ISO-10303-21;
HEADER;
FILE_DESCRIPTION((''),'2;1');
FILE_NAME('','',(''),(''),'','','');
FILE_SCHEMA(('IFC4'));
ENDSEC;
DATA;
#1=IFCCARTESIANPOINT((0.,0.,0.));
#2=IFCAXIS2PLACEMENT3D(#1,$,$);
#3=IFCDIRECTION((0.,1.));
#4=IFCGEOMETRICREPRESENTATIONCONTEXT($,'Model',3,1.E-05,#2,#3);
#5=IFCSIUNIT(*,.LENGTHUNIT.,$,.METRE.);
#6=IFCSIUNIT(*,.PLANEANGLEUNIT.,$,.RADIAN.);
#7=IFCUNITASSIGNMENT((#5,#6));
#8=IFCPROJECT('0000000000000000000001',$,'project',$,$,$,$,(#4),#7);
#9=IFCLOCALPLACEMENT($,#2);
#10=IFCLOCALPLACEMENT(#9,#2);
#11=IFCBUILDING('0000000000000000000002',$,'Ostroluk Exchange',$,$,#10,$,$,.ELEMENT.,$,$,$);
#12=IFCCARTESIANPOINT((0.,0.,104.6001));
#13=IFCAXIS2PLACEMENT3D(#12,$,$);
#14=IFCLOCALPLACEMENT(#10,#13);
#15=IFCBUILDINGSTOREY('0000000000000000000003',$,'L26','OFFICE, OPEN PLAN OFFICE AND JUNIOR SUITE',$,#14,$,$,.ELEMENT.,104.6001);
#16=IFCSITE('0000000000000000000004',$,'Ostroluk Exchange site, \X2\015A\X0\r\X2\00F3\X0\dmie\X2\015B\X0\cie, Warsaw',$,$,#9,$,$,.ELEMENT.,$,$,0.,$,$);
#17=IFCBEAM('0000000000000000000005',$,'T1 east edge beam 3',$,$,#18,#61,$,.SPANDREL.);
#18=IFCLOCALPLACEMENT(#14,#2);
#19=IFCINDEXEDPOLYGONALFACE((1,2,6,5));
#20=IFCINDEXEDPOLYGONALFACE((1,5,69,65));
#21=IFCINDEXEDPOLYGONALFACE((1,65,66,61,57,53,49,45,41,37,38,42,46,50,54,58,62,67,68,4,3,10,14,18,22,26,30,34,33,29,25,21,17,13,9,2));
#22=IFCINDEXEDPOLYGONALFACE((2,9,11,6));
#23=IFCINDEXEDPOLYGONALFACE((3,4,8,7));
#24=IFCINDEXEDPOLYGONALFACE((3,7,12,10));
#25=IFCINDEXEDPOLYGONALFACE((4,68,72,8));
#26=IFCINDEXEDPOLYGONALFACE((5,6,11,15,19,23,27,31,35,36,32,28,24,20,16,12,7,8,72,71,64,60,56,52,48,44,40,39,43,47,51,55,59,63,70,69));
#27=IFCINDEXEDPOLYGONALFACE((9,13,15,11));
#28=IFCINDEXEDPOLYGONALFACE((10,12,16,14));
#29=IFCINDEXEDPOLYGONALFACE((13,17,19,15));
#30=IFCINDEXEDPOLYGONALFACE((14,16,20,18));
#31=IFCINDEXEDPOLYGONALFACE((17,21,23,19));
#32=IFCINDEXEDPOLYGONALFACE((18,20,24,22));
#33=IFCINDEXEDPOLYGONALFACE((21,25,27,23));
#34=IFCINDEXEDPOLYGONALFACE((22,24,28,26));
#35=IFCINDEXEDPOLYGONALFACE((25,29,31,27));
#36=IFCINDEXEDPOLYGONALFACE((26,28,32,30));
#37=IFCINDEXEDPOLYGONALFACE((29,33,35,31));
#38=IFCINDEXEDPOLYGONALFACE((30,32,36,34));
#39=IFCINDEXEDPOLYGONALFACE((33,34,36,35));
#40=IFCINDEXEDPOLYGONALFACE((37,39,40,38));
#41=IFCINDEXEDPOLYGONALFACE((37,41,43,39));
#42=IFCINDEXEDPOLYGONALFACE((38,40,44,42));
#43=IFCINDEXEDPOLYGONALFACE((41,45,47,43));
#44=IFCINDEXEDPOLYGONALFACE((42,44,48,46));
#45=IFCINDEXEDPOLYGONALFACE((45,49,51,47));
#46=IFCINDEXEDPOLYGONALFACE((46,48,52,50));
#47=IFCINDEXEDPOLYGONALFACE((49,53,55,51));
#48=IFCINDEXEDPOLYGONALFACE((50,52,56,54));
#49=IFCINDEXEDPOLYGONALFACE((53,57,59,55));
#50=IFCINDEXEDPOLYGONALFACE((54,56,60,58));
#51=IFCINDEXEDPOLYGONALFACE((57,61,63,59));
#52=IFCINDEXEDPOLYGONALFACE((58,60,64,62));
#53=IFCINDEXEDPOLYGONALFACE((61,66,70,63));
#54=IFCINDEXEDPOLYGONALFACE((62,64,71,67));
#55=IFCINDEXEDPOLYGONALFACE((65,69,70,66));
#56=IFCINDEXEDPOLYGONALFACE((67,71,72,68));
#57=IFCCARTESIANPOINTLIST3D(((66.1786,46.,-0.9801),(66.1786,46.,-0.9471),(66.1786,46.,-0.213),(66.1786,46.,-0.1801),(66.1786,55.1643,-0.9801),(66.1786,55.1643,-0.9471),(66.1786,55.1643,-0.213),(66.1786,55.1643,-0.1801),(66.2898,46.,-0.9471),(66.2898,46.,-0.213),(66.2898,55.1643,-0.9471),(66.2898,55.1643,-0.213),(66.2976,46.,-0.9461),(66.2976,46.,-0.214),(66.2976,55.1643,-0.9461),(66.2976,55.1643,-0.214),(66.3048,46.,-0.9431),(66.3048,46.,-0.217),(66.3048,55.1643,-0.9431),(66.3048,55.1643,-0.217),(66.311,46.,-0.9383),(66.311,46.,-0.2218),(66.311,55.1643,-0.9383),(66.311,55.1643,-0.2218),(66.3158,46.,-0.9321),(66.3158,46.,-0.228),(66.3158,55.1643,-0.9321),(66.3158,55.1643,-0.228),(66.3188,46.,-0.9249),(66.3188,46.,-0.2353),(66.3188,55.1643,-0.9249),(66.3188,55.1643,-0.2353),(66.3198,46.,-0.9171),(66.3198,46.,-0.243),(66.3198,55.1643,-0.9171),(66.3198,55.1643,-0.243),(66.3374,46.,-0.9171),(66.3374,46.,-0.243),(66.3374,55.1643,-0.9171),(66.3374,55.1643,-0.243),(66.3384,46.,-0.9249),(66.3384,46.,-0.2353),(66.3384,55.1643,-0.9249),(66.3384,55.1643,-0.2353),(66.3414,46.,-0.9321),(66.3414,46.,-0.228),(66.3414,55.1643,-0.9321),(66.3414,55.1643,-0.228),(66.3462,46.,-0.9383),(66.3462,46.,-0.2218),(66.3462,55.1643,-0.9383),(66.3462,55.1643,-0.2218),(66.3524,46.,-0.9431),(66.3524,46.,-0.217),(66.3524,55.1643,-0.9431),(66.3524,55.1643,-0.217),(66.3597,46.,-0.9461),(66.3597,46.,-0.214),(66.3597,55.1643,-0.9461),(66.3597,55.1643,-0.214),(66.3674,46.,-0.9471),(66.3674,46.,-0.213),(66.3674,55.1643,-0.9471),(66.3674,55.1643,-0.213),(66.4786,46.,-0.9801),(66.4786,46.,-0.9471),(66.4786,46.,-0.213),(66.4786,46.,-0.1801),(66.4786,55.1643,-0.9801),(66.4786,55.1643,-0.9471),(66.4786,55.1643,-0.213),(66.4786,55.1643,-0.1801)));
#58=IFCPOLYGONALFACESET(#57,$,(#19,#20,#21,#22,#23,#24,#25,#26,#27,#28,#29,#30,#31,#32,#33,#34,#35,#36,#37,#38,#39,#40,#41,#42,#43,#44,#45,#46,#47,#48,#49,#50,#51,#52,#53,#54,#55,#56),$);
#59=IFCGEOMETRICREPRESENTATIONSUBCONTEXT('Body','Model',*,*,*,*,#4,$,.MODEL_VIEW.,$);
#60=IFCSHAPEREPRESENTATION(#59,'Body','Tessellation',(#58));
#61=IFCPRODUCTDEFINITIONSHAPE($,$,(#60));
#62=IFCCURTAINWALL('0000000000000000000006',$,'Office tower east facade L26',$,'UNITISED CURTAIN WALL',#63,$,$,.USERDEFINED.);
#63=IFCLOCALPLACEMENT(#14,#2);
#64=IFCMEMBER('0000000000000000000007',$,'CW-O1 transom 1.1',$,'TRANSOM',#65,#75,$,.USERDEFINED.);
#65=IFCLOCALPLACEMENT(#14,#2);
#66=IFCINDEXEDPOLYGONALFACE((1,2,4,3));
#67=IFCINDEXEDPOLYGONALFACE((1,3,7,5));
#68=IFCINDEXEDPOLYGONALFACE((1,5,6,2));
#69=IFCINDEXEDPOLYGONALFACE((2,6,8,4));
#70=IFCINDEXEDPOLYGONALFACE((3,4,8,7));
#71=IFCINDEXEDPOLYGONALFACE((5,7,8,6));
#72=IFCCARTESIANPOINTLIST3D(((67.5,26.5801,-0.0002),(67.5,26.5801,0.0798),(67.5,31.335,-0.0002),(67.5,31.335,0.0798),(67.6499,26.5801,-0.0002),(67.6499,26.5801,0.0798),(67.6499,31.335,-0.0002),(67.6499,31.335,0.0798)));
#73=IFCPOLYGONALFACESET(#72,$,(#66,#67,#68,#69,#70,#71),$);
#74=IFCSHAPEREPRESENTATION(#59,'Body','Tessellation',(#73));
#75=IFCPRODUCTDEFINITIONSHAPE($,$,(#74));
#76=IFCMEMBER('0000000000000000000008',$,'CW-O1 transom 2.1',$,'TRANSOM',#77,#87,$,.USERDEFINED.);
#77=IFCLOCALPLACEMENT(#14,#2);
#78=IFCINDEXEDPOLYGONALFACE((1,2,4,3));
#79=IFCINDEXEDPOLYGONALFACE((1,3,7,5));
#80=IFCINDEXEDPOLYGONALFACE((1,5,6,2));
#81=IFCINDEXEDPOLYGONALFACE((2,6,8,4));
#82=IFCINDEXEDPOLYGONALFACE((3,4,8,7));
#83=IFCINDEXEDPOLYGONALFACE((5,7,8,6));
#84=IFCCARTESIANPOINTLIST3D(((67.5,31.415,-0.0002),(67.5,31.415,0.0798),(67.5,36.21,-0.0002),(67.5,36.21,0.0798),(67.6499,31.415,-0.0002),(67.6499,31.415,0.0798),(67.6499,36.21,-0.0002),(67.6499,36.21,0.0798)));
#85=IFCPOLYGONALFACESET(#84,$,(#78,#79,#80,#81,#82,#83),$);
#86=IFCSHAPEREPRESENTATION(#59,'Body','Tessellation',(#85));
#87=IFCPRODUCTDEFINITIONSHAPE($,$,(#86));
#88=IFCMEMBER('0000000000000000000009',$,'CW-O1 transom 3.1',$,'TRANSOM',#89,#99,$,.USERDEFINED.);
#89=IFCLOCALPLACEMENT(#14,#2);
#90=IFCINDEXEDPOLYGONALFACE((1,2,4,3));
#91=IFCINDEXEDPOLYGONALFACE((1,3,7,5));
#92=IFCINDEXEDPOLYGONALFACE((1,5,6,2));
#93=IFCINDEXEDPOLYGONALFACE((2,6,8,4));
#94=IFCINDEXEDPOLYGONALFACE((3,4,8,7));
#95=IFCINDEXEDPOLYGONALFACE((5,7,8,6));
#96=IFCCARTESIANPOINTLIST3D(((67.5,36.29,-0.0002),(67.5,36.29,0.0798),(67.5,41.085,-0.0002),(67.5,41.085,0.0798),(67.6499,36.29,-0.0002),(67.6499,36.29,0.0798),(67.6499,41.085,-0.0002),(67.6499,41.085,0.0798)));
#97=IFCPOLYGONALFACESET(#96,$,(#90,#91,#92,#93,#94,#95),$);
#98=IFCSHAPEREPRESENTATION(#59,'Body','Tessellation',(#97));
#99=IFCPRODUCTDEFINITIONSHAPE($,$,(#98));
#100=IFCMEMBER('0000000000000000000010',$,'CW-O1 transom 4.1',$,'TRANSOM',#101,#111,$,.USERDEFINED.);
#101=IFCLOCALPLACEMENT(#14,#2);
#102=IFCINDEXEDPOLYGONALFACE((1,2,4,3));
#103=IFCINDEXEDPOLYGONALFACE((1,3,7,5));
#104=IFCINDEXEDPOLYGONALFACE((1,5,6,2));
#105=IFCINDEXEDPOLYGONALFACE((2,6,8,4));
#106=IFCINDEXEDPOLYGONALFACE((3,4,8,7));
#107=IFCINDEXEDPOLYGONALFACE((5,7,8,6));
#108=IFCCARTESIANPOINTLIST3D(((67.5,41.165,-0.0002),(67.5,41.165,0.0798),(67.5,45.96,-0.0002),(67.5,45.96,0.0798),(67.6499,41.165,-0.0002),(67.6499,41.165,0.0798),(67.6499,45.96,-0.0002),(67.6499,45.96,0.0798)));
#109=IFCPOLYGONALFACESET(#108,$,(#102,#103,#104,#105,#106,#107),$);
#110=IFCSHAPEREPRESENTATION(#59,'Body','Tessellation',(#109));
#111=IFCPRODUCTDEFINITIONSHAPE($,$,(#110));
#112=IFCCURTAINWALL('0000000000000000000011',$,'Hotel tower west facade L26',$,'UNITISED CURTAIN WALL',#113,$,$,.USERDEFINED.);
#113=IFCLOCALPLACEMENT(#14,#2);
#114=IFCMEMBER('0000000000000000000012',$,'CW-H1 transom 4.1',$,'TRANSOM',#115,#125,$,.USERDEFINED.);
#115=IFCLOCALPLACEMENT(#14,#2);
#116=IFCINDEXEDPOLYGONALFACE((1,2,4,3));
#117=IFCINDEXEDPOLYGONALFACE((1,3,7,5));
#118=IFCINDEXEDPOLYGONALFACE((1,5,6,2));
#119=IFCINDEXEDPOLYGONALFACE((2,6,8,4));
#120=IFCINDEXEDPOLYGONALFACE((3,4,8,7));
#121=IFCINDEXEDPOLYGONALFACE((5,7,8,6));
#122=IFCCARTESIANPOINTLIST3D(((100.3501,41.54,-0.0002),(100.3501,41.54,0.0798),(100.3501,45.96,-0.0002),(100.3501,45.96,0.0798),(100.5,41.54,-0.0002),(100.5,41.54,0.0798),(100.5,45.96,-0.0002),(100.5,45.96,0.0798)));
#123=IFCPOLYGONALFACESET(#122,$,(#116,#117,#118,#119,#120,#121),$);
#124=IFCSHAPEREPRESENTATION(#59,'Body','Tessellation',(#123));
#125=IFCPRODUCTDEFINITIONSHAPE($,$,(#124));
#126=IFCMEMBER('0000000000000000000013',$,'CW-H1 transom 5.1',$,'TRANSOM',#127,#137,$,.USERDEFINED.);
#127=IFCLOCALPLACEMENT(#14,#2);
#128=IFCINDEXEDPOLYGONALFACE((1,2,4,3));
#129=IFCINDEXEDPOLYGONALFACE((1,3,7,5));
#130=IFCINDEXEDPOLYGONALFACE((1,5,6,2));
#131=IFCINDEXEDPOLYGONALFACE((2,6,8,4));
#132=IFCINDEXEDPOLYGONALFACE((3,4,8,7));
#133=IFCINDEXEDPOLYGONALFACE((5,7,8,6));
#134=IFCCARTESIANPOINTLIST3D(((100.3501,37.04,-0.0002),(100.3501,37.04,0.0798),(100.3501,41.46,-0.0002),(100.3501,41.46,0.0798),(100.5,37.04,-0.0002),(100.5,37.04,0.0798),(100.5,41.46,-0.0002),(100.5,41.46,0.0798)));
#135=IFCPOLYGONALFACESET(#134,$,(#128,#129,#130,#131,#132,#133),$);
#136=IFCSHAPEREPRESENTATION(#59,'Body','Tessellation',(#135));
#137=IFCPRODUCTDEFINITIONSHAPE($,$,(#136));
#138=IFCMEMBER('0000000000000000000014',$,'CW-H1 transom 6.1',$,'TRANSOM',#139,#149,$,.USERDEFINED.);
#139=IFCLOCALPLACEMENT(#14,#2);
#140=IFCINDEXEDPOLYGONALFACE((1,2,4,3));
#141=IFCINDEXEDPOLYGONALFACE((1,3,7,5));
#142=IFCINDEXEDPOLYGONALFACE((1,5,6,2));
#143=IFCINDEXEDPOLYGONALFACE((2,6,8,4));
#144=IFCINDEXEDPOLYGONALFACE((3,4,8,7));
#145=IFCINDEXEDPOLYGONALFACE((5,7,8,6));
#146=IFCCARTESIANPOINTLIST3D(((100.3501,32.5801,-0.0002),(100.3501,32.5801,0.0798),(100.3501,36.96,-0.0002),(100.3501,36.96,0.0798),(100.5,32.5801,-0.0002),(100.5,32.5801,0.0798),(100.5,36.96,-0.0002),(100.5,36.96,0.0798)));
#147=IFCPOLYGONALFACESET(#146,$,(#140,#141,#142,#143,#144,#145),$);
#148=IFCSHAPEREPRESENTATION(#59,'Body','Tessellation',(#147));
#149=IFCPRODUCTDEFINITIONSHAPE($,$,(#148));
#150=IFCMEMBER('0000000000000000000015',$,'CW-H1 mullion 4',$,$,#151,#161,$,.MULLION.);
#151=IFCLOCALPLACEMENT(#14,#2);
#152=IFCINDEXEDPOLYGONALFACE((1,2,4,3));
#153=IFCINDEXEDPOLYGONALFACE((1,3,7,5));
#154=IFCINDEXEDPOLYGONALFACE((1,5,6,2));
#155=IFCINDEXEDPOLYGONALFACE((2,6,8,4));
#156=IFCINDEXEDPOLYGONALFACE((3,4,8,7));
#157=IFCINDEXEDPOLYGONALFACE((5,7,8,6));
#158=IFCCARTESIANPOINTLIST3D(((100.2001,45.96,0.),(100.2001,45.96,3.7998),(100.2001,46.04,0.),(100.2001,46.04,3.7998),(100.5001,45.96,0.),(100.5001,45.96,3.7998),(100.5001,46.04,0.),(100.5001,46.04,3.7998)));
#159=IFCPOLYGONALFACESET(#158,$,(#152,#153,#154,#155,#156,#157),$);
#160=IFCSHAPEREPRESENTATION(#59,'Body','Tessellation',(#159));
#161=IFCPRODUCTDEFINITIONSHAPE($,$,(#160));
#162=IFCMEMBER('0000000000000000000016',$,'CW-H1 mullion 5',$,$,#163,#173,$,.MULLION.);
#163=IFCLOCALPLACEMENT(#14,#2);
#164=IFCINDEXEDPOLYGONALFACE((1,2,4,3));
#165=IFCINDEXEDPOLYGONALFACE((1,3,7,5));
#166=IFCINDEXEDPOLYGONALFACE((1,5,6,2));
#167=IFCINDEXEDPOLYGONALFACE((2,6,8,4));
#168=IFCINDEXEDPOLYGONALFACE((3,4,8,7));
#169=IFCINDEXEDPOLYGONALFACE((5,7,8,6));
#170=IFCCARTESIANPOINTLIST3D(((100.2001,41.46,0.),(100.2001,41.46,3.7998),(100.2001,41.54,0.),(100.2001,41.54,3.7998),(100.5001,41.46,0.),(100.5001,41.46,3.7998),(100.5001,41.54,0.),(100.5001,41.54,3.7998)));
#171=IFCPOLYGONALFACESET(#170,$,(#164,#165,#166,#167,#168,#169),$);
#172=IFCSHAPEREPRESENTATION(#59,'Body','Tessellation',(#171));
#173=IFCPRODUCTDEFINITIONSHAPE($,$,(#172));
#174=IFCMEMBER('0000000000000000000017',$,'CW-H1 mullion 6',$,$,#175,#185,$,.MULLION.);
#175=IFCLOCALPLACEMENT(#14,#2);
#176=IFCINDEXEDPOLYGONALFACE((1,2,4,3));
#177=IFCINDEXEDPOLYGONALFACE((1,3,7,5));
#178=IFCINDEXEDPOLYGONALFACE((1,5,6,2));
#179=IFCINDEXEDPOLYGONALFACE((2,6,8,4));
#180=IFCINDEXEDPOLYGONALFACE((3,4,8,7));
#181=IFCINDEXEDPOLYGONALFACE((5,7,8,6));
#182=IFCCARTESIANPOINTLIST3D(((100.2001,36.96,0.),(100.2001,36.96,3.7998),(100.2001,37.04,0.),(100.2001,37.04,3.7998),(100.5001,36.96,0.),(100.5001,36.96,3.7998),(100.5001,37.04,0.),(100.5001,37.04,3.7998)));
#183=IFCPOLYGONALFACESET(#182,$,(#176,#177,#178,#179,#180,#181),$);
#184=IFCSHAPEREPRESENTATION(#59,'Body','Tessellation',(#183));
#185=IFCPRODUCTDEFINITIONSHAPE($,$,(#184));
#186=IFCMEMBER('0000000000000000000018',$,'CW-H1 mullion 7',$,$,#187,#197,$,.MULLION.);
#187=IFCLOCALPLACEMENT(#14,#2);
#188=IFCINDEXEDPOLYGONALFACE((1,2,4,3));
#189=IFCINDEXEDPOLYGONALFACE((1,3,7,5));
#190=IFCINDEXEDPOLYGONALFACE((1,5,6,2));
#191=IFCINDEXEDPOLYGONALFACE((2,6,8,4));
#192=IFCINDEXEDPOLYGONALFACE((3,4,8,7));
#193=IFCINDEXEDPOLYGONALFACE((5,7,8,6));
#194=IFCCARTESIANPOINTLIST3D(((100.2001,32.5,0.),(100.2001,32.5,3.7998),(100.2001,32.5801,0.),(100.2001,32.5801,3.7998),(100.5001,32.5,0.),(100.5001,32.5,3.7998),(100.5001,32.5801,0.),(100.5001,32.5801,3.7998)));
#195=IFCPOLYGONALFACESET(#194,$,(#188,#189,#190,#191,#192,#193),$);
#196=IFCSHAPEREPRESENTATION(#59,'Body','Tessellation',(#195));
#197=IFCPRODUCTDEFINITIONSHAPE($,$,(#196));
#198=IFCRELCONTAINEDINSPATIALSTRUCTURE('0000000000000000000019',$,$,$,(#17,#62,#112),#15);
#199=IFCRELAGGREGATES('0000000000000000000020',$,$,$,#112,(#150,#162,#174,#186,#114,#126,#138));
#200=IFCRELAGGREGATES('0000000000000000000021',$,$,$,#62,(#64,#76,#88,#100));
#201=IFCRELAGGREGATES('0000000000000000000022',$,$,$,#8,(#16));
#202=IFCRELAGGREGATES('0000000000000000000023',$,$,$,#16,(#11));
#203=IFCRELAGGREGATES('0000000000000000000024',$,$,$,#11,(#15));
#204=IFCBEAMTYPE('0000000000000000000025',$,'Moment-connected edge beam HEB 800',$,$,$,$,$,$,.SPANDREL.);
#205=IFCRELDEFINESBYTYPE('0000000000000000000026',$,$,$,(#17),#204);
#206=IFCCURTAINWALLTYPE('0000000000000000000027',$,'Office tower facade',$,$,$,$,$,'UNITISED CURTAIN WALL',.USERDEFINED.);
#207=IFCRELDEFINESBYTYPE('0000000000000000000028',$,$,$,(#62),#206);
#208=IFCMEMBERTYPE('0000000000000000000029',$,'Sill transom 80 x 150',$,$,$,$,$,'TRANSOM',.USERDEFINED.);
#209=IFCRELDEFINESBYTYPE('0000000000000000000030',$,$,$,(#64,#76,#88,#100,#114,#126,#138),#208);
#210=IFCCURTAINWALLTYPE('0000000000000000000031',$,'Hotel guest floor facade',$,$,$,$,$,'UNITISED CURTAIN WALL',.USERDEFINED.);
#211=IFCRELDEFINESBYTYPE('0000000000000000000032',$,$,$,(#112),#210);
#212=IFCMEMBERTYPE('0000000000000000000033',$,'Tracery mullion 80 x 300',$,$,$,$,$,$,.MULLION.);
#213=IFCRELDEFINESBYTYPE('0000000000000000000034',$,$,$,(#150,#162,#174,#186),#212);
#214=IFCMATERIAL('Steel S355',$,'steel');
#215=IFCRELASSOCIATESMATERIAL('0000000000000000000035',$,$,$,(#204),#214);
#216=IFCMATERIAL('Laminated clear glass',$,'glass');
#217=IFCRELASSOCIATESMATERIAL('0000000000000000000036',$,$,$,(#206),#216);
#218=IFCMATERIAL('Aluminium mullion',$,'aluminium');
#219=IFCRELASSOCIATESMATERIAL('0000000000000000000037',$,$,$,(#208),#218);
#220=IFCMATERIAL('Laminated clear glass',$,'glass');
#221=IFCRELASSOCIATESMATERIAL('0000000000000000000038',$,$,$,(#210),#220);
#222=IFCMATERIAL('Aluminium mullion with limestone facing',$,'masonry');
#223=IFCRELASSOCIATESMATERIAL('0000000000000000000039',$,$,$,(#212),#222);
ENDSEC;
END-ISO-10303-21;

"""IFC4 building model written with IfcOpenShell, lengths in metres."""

from ifc_helpers import new_model, si_unit, direction, frame, origin, origin_2d, place, context, subcontext, project, spatial, rectangle, i_section, extrude, material, material_profile, profile_set, type_object, element, aggregate, save


model = new_model("IFC4")

# Units and contexts
model_context = context("Model", 3, precision=1e-05, world=origin(), true_north=direction((0.0, 1.0)))
body_context = subcontext(model_context, "Body", "Model", "MODEL_VIEW")
ifc_project = project(units=[si_unit("LENGTHUNIT", "METRE"), si_unit("PLANEANGLEUNIT", "RADIAN")], contexts=[model_context])

# Site, building, storey
site_placement = place(None, origin())
site = spatial("IfcSite", under=ifc_project, at=site_placement, Name="Ostroluk Exchange site, Śródmieście, Warsaw", CompositionType="ELEMENT", RefElevation=0.0)
building_placement = place(site_placement, origin())
building = spatial("IfcBuilding", under=site, at=building_placement, Name="Ostroluk Exchange", CompositionType="ELEMENT")
storey_placement = place(building_placement, frame((0.0, 0.0, 104.6001)))
storey = spatial("IfcBuildingStorey", under=building, at=storey_placement, Name="L26", Description="OFFICE, OPEN PLAN OFFICE AND JUNIOR SUITE", CompositionType="ELEMENT", Elevation=104.6001)

# Beam
ifc_material_1 = material(Name="Steel S355", Category="steel")
ifc_material_profile_1 = material_profile(ifc_material_1, i_section(OverallWidth=0.3, OverallDepth=0.8, WebThickness=0.0176, FlangeThickness=0.033, FilletRadius=0.03, at=origin_2d()), Name="HEB 800")
ifc_profile_set_1 = profile_set([ifc_material_profile_1], Name="Steel S355")
beam_type_1 = type_object("IfcBeamType", Name="Moment-connected edge beam HEB 800", PredefinedType="SPANDREL", material=ifc_profile_set_1)
for number, where, z_axis, x_axis, name in (
    (1, (66.3286, 46.0, -0.5801), (0.0, 1.0, 0.0), (-1.0, 0.0, 0.0), "T1 east edge beam 3"),
):
    element("IfcBeam", number, at=place(storey_placement, frame(where, z_axis=z_axis, x_axis=x_axis)), inside=storey, type_object=beam_type_1, Name=name, PredefinedType="SPANDREL", context=body_context, shape_type="SweptSolid", body=[
        extrude(i_section(OverallWidth=0.3, OverallDepth=0.8, WebThickness=0.0176, FlangeThickness=0.033, FilletRadius=0.03, at=origin_2d()), origin(), (0.0, 0.0, 1.0), 9.1643),
    ])

# Curtain walls, members
ifc_material_2 = material(Name="Laminated clear glass", Category="glass")
curtain_wall_type_1 = type_object("IfcCurtainWallType", Name="Office tower facade", ElementType="UNITISED CURTAIN WALL", PredefinedType="USERDEFINED", material=ifc_material_2)
curtain_wall_1_placement = place(storey_placement, origin())
curtain_wall_1 = element("IfcCurtainWall", 2, at=curtain_wall_1_placement, inside=storey, type_object=curtain_wall_type_1, Name="Office tower east facade L26", ObjectType="UNITISED CURTAIN WALL", PredefinedType="USERDEFINED")
ifc_material_3 = material(Name="Aluminium mullion", Category="aluminium")
ifc_material_profile_2 = material_profile(ifc_material_3, rectangle(XDim=0.1499, YDim=0.0801, at=origin_2d()), Name="Sill transom 80 x 150")
ifc_profile_set_2 = profile_set([ifc_material_profile_2], Name="Aluminium mullion")
member_type_1 = type_object("IfcMemberType", Name="Sill transom 80 x 150", ElementType="TRANSOM", PredefinedType="USERDEFINED", material=ifc_profile_set_2)
member_1_placement = place(storey_placement, frame((67.575, 26.5801, 0.0398), z_axis=(0.0, 1.0, 0.0), x_axis=(-1.0, 0.0, 0.0)))
member_1 = element("IfcMember", 3, at=member_1_placement, type_object=member_type_1, Name="CW-O1 transom 1.1", ObjectType="TRANSOM", PredefinedType="USERDEFINED", context=body_context, shape_type="SweptSolid", body=[
    extrude(rectangle(XDim=0.1499, YDim=0.0801, at=origin_2d()), origin(), (0.0, 0.0, 1.0), 4.7549),
])
member_2_placement = place(storey_placement, frame((67.575, 31.415, 0.0398), z_axis=(0.0, 1.0, 0.0), x_axis=(-1.0, 0.0, 0.0)))
member_2 = element("IfcMember", 4, at=member_2_placement, type_object=member_type_1, Name="CW-O1 transom 2.1", ObjectType="TRANSOM", PredefinedType="USERDEFINED", context=body_context, shape_type="SweptSolid", body=[
    extrude(rectangle(XDim=0.1499, YDim=0.0801, at=origin_2d()), origin(), (0.0, 0.0, 1.0), 4.7949),
])
member_3_placement = place(storey_placement, frame((67.575, 36.29, 0.0398), z_axis=(0.0, 1.0, 0.0), x_axis=(-1.0, 0.0, 0.0)))
member_3 = element("IfcMember", 5, at=member_3_placement, type_object=member_type_1, Name="CW-O1 transom 3.1", ObjectType="TRANSOM", PredefinedType="USERDEFINED", context=body_context, shape_type="SweptSolid", body=[
    extrude(rectangle(XDim=0.1499, YDim=0.0801, at=origin_2d()), origin(), (0.0, 0.0, 1.0), 4.7949),
])
member_4_placement = place(storey_placement, frame((67.575, 41.165, 0.0398), z_axis=(0.0, 1.0, 0.0), x_axis=(-1.0, 0.0, 0.0)))
member_4 = element("IfcMember", 6, at=member_4_placement, type_object=member_type_1, Name="CW-O1 transom 4.1", ObjectType="TRANSOM", PredefinedType="USERDEFINED", context=body_context, shape_type="SweptSolid", body=[
    extrude(rectangle(XDim=0.1499, YDim=0.0801, at=origin_2d()), origin(), (0.0, 0.0, 1.0), 4.7949),
])
ifc_material_4 = material(Name="Laminated clear glass", Category="glass")
curtain_wall_type_2 = type_object("IfcCurtainWallType", Name="Hotel guest floor facade", ElementType="UNITISED CURTAIN WALL", PredefinedType="USERDEFINED", material=ifc_material_4)
curtain_wall_2_placement = place(storey_placement, origin())
curtain_wall_2 = element("IfcCurtainWall", 7, at=curtain_wall_2_placement, inside=storey, type_object=curtain_wall_type_2, Name="Hotel tower west facade L26", ObjectType="UNITISED CURTAIN WALL", PredefinedType="USERDEFINED")
member_5_placement = place(storey_placement, frame((100.425, 45.96, 0.0398), z_axis=(0.0, -1.0, 0.0), x_axis=(1.0, 0.0, 0.0)))
member_5 = element("IfcMember", 8, at=member_5_placement, type_object=member_type_1, Name="CW-H1 transom 4.1", ObjectType="TRANSOM", PredefinedType="USERDEFINED", context=body_context, shape_type="SweptSolid", body=[
    extrude(rectangle(XDim=0.1499, YDim=0.0801, at=origin_2d()), origin(), (0.0, 0.0, 1.0), 4.4199),
])
member_6_placement = place(storey_placement, frame((100.425, 41.46, 0.0398), z_axis=(0.0, -1.0, 0.0), x_axis=(1.0, 0.0, 0.0)))
member_6 = element("IfcMember", 9, at=member_6_placement, type_object=member_type_1, Name="CW-H1 transom 5.1", ObjectType="TRANSOM", PredefinedType="USERDEFINED", context=body_context, shape_type="SweptSolid", body=[
    extrude(rectangle(XDim=0.1499, YDim=0.0801, at=origin_2d()), origin(), (0.0, 0.0, 1.0), 4.4199),
])
member_7_placement = place(storey_placement, frame((100.425, 36.96, 0.0398), z_axis=(0.0, -1.0, 0.0), x_axis=(1.0, 0.0, 0.0)))
member_7 = element("IfcMember", 10, at=member_7_placement, type_object=member_type_1, Name="CW-H1 transom 6.1", ObjectType="TRANSOM", PredefinedType="USERDEFINED", context=body_context, shape_type="SweptSolid", body=[
    extrude(rectangle(XDim=0.1499, YDim=0.0801, at=origin_2d()), origin(), (0.0, 0.0, 1.0), 4.3799),
])
ifc_material_5 = material(Name="Aluminium mullion with limestone facing", Category="masonry")
ifc_material_profile_3 = material_profile(ifc_material_5, rectangle(XDim=0.3, YDim=0.0801, at=origin_2d()), Name="Tracery mullion 80 x 300")
ifc_profile_set_3 = profile_set([ifc_material_profile_3], Name="Aluminium mullion with limestone facing")
member_type_2 = type_object("IfcMemberType", Name="Tracery mullion 80 x 300", PredefinedType="MULLION", material=ifc_profile_set_3)
member_8_placement = place(storey_placement, frame((100.3501, 46.0, 0.0), z_axis=(0.0, 0.0, 1.0), x_axis=(1.0, 0.0, 0.0)))
member_8 = element("IfcMember", 11, at=member_8_placement, type_object=member_type_2, Name="CW-H1 mullion 4", PredefinedType="MULLION", context=body_context, shape_type="SweptSolid", body=[
    extrude(rectangle(XDim=0.3, YDim=0.0801, at=origin_2d()), origin(), (0.0, 0.0, 1.0), 3.7998),
])
member_9_placement = place(storey_placement, frame((100.3501, 41.5, 0.0), z_axis=(0.0, 0.0, 1.0), x_axis=(1.0, 0.0, 0.0)))
member_9 = element("IfcMember", 12, at=member_9_placement, type_object=member_type_2, Name="CW-H1 mullion 5", PredefinedType="MULLION", context=body_context, shape_type="SweptSolid", body=[
    extrude(rectangle(XDim=0.3, YDim=0.0801, at=origin_2d()), origin(), (0.0, 0.0, 1.0), 3.7998),
])
member_10_placement = place(storey_placement, frame((100.3501, 37.0, 0.0), z_axis=(0.0, 0.0, 1.0), x_axis=(1.0, 0.0, 0.0)))
member_10 = element("IfcMember", 13, at=member_10_placement, type_object=member_type_2, Name="CW-H1 mullion 6", PredefinedType="MULLION", context=body_context, shape_type="SweptSolid", body=[
    extrude(rectangle(XDim=0.3, YDim=0.0801, at=origin_2d()), origin(), (0.0, 0.0, 1.0), 3.7998),
])
member_11_placement = place(storey_placement, frame((100.3501, 32.54, 0.0), z_axis=(0.0, 0.0, 1.0), x_axis=(1.0, 0.0, 0.0)))
member_11 = element("IfcMember", 14, at=member_11_placement, type_object=member_type_2, Name="CW-H1 mullion 7", PredefinedType="MULLION", context=body_context, shape_type="SweptSolid", body=[
    extrude(rectangle(XDim=0.3, YDim=0.0801, at=origin_2d()), origin(), (0.0, 0.0, 1.0), 3.7998),
])

aggregate(curtain_wall_2, [member_8, member_9, member_10, member_11, member_5, member_6, member_7])
aggregate(curtain_wall_1, [member_1, member_2, member_3, member_4])

save(model, "model.ifc")
